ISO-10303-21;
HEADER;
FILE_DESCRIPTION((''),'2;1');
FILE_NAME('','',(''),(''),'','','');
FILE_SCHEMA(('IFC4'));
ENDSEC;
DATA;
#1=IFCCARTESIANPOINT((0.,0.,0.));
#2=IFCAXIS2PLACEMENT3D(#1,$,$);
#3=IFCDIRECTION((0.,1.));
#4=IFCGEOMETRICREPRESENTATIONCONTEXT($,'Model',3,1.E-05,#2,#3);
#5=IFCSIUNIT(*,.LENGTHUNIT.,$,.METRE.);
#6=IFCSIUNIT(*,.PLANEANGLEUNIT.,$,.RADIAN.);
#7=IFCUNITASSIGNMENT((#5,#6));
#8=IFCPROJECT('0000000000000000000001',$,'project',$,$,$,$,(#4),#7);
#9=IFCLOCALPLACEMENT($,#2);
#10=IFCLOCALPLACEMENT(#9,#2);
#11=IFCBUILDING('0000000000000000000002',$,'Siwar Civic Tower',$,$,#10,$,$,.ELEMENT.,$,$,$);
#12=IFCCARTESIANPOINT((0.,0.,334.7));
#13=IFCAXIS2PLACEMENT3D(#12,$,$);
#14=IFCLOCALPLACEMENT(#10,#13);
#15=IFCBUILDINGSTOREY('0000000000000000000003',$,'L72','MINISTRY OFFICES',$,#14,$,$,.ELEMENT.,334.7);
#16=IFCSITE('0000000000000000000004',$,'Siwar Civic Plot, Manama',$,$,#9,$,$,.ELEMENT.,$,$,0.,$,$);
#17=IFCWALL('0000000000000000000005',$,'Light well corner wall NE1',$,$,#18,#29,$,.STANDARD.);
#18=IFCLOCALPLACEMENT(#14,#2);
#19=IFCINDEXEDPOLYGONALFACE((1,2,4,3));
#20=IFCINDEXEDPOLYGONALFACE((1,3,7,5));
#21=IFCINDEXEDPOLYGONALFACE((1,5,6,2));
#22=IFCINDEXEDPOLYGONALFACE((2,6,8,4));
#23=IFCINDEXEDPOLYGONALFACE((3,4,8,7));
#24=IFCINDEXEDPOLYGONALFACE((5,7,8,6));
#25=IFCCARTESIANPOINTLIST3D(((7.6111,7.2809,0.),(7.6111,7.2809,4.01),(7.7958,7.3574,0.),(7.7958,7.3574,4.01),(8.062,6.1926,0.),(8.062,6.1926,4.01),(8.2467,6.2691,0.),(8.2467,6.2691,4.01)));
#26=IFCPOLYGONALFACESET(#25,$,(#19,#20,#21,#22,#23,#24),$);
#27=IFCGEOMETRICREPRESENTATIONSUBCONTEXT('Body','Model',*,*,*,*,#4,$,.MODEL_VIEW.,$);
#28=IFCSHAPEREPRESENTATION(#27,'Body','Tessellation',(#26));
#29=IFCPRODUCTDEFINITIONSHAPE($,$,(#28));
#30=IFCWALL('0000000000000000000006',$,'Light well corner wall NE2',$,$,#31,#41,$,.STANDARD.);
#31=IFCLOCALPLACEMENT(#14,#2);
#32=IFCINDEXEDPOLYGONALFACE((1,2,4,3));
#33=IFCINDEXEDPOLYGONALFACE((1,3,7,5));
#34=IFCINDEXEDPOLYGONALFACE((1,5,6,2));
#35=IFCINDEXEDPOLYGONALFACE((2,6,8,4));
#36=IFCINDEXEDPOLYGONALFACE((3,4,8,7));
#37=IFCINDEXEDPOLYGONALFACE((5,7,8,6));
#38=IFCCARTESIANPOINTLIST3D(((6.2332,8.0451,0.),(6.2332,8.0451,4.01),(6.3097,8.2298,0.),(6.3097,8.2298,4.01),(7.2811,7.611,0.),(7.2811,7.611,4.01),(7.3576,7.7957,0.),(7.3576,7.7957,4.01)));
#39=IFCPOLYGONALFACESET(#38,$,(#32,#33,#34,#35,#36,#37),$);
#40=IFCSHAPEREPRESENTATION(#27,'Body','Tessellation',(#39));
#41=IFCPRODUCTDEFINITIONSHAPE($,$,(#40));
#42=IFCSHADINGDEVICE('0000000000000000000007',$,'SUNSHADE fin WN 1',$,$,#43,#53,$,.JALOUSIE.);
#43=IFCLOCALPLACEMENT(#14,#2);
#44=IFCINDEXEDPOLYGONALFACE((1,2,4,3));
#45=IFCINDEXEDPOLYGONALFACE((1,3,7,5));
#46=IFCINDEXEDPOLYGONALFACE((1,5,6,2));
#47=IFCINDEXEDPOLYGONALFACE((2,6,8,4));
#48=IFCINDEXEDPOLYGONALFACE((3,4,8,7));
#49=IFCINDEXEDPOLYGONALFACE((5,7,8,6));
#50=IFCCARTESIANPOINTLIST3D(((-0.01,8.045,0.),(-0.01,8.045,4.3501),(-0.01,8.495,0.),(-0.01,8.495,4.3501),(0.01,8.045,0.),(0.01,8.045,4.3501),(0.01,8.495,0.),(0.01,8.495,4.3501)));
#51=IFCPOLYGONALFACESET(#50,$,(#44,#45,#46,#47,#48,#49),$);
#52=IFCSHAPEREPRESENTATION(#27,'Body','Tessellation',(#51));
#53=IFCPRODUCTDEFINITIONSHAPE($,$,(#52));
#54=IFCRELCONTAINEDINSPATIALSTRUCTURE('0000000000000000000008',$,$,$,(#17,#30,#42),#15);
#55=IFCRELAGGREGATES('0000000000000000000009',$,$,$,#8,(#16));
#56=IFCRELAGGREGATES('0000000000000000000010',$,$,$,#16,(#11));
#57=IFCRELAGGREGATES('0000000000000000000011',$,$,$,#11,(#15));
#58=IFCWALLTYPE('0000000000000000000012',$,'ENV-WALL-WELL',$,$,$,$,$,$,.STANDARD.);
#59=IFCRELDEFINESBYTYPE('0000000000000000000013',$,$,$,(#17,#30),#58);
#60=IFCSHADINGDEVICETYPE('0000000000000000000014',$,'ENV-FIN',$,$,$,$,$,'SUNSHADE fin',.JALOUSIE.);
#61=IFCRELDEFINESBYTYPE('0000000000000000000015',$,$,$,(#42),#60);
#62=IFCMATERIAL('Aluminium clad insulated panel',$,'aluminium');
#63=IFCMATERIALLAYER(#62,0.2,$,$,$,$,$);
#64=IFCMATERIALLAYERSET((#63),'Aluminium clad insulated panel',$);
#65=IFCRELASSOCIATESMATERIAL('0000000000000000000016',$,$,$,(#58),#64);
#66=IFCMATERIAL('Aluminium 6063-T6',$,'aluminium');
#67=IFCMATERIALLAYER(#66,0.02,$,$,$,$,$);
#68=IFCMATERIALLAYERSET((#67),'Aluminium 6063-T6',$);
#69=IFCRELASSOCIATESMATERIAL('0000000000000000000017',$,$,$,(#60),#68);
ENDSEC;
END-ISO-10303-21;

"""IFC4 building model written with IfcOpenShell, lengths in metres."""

from ifc_helpers import new_model, si_unit, direction, frame, frame_2d, origin, origin_2d, place, context, subcontext, project, spatial, rectangle, extrude, material, layer, layer_set, type_object, element, save


model = new_model("IFC4")

# Units and contexts
model_context = context("Model", 3, precision=1e-05, world=origin(), true_north=direction((0.0, 1.0)))
body_context = subcontext(model_context, "Body", "Model", "MODEL_VIEW")
ifc_project = project(units=[si_unit("LENGTHUNIT", "METRE"), si_unit("PLANEANGLEUNIT", "RADIAN")], contexts=[model_context])

# Site, building, storey
site_placement = place(None, origin())
site = spatial("IfcSite", under=ifc_project, at=site_placement, Name="Siwar Civic Plot, Manama", CompositionType="ELEMENT", RefElevation=0.0)
building_placement = place(site_placement, origin())
building = spatial("IfcBuilding", under=site, at=building_placement, Name="Siwar Civic Tower", CompositionType="ELEMENT")
storey_placement = place(building_placement, frame((0.0, 0.0, 334.7)))
storey = spatial("IfcBuildingStorey", under=building, at=storey_placement, Name="L72", Description="MINISTRY OFFICES", CompositionType="ELEMENT", Elevation=334.7)

# Walls
ifc_material_1 = material(Name="Aluminium clad insulated panel", Category="aluminium")
ifc_layer_1 = layer(ifc_material_1, 0.2)
ifc_layer_set_1 = layer_set([ifc_layer_1], Name="Aluminium clad insulated panel")
wall_type_1 = type_object("IfcWallType", Name="ENV-WALL-WELL", PredefinedType="STANDARD", material=ifc_layer_set_1)
wall_1_placement = place(storey_placement, frame((8.1543, 6.231, 0.0), z_axis=(0.0, 0.0, 1.0), x_axis=(-0.382761, 0.923848, 0.0)))
element("IfcWall", 1, at=wall_1_placement, inside=storey, type_object=wall_type_1, Name="Light well corner wall NE1", PredefinedType="STANDARD", context=body_context, shape_type="SweptSolid", body=[
    extrude(rectangle(XDim=1.178, YDim=0.2, at=frame_2d((0.5889, 0.0))), origin(), (0.0, 0.0, 1.0), 4.01),
])
wall_2_placement = place(storey_placement, frame((7.3193, 7.7034, 0.0), z_axis=(0.0, 0.0, 1.0), x_axis=(-0.923865, 0.382719, 0.0)))
element("IfcWall", 2, at=wall_2_placement, inside=storey, type_object=wall_type_1, Name="Light well corner wall NE2", PredefinedType="STANDARD", context=body_context, shape_type="SweptSolid", body=[
    extrude(rectangle(XDim=1.1343, YDim=0.2, at=frame_2d((0.5671, 0.0))), origin(), (0.0, 0.0, 1.0), 4.01),
])

# Shading device
ifc_material_2 = material(Name="Aluminium 6063-T6", Category="aluminium")
ifc_layer_2 = layer(ifc_material_2, 0.02)
ifc_layer_set_2 = layer_set([ifc_layer_2], Name="Aluminium 6063-T6")
shading_device_type = type_object("IfcShadingDeviceType", Name="ENV-FIN", ElementType="SUNSHADE fin", PredefinedType="JALOUSIE", material=ifc_layer_set_2)
shading_device_placement = place(storey_placement, frame((0.0, 8.27, 0.0), z_axis=(0.0, 0.0, 1.0), x_axis=(-1.0, 0.0, 0.0)))
element("IfcShadingDevice", 3, at=shading_device_placement, inside=storey, type_object=shading_device_type, Name="SUNSHADE fin WN 1", PredefinedType="JALOUSIE", context=body_context, shape_type="SweptSolid", body=[
    extrude(rectangle(XDim=0.02, YDim=0.45, at=origin_2d()), origin(), (0.0, 0.0, 1.0), 4.3501),
])

save(model, "model.ifc")
